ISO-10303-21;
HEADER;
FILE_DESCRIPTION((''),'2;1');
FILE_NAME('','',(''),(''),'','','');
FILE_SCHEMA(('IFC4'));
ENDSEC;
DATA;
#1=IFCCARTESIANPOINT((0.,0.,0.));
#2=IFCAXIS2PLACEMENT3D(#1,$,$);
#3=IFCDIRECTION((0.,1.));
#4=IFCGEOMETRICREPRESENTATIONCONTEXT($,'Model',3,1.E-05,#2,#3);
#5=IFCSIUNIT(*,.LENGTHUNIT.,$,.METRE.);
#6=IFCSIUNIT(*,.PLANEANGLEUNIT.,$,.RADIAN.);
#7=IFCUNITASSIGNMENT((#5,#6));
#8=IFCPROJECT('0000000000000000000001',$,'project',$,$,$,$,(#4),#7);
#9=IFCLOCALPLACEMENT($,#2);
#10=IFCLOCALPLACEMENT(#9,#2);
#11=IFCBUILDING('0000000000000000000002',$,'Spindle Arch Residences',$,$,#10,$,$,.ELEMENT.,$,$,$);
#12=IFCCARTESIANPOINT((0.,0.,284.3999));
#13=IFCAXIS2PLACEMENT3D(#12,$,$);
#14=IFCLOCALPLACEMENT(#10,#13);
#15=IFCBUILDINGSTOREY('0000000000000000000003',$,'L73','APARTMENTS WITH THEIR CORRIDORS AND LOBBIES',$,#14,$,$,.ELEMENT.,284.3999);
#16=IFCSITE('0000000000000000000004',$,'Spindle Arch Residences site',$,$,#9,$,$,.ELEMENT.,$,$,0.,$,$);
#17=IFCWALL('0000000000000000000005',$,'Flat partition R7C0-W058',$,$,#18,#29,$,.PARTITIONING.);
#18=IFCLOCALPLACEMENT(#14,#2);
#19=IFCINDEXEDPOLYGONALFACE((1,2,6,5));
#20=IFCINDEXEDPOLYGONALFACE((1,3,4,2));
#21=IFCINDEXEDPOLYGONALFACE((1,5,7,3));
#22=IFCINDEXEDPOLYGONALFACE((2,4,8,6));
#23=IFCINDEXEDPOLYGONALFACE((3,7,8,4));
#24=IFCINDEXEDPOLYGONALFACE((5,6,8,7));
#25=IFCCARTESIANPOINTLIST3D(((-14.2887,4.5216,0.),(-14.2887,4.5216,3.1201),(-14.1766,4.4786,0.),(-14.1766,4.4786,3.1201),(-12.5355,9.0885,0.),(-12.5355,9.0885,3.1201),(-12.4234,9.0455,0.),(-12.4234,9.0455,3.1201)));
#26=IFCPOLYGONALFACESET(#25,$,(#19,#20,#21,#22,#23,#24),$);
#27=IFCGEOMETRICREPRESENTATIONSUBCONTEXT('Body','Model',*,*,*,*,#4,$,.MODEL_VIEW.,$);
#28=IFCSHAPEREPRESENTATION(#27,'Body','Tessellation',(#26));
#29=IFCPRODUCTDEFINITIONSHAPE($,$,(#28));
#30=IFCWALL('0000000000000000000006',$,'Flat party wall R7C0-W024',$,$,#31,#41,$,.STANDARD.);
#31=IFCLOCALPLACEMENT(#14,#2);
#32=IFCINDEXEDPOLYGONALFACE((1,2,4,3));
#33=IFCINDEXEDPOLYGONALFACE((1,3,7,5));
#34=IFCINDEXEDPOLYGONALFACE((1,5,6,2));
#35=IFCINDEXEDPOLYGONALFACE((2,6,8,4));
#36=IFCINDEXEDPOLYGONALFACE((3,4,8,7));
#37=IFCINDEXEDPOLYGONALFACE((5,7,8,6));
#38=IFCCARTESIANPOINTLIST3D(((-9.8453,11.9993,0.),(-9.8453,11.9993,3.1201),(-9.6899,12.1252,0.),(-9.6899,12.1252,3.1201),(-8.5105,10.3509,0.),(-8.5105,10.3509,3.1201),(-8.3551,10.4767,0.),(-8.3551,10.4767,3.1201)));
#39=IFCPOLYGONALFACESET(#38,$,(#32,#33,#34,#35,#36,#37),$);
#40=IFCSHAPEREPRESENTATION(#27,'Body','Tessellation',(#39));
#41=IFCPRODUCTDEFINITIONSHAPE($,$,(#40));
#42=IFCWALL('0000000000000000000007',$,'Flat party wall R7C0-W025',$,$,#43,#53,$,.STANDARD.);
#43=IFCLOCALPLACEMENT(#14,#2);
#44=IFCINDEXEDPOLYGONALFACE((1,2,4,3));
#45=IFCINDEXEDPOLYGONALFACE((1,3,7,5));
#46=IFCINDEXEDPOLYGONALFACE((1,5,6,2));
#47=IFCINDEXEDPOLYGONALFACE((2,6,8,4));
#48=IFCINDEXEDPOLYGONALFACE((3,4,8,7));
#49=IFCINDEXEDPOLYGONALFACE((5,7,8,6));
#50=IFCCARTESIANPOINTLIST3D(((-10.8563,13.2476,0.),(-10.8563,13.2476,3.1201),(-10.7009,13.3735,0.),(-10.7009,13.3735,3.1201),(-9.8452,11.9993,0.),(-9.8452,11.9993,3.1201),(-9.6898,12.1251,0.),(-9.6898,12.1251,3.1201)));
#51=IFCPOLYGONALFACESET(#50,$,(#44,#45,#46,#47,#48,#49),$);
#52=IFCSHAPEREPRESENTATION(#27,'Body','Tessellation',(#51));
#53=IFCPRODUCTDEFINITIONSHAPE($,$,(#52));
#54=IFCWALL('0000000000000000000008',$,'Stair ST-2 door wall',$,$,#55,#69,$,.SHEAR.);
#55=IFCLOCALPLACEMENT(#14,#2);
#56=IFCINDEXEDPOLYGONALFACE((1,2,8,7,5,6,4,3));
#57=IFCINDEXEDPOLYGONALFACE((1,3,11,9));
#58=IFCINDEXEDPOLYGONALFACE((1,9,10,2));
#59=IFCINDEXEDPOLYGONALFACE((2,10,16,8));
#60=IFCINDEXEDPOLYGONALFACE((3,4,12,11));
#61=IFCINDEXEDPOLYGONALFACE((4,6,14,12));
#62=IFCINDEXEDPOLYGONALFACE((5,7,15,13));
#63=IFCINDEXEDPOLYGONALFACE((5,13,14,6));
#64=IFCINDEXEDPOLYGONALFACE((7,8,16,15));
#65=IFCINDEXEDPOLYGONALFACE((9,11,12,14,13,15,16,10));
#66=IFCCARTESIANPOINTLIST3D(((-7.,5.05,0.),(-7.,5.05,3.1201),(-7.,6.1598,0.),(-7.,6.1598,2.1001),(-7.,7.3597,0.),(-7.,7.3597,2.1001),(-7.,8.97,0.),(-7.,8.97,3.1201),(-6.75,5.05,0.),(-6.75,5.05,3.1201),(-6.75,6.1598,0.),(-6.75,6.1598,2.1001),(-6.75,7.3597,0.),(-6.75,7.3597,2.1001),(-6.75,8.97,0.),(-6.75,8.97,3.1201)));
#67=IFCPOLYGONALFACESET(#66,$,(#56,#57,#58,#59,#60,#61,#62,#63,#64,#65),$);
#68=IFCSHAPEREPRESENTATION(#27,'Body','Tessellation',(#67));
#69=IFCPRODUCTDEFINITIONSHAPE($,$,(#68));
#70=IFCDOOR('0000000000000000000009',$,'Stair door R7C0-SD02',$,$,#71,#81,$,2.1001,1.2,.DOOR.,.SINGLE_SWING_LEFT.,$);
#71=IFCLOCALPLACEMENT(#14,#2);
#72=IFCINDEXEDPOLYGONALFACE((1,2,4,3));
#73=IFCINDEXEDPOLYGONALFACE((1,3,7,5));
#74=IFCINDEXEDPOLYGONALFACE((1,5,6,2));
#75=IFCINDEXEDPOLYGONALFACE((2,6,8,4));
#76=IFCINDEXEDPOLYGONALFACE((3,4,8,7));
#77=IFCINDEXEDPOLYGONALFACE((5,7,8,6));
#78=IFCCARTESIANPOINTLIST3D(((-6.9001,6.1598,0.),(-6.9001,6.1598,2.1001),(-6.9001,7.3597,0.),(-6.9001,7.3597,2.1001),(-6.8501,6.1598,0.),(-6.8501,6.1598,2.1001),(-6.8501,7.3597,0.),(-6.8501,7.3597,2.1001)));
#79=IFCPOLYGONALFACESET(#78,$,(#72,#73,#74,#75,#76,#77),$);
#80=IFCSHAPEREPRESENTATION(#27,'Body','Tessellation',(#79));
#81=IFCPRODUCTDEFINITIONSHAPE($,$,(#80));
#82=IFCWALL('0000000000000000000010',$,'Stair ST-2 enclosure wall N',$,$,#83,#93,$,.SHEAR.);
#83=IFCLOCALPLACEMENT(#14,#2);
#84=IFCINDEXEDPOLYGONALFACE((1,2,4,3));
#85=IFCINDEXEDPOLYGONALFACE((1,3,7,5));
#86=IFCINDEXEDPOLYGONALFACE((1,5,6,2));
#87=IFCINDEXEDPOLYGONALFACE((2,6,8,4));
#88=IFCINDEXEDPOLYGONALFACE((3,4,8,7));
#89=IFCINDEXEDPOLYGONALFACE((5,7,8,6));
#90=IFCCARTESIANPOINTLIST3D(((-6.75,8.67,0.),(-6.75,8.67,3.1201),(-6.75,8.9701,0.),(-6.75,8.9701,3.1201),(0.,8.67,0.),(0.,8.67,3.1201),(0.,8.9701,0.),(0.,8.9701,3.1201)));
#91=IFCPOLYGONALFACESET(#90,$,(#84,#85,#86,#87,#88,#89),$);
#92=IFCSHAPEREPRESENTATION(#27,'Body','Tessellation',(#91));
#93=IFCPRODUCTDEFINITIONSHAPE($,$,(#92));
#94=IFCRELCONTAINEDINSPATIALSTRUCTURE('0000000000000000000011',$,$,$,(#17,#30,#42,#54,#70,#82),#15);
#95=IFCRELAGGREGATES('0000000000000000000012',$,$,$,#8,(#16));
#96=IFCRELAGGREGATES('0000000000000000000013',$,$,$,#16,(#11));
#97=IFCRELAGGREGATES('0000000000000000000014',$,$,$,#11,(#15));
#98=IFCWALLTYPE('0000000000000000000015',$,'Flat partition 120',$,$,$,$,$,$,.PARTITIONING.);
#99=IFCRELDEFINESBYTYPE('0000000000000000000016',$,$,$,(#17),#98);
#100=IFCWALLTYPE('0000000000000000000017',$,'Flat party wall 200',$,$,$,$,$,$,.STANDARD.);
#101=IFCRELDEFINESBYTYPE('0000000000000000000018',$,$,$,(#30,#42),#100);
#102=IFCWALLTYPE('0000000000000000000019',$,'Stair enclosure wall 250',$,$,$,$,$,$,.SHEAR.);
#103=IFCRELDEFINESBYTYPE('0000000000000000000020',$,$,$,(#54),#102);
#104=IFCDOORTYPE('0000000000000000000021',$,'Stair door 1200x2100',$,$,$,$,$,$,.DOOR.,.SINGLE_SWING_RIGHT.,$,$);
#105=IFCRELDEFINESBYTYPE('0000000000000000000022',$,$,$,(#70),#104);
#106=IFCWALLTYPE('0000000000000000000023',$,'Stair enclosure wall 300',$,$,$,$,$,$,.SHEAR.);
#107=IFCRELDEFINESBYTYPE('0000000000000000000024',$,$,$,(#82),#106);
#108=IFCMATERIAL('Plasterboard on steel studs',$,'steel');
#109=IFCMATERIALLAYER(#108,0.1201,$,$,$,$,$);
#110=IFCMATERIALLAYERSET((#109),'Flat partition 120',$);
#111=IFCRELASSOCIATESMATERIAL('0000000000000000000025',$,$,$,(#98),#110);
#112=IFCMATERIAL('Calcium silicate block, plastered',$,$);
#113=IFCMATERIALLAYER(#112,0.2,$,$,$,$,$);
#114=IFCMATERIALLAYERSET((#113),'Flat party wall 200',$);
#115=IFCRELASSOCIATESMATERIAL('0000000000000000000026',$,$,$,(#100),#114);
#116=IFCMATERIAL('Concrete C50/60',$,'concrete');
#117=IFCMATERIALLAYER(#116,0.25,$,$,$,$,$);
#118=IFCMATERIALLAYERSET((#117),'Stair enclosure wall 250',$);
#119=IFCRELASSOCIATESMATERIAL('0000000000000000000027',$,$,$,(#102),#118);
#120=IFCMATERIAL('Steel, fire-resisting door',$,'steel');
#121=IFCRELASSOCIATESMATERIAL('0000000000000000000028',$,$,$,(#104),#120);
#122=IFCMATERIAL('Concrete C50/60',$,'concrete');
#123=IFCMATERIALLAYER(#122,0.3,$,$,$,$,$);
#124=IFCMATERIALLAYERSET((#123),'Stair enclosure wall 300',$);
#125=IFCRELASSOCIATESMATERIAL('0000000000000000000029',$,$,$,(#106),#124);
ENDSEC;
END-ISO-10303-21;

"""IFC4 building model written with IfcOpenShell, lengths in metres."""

from ifc_helpers import new_model, si_unit, direction, frame, frame_2d, origin, place, context, subcontext, project, spatial, rectangle, extrude, material, layer, layer_set, type_object, element, fill, save


model = new_model("IFC4")

# Units and contexts
model_context = context("Model", 3, precision=1e-05, world=origin(), true_north=direction((0.0, 1.0)))
body_context = subcontext(model_context, "Body", "Model", "MODEL_VIEW")
ifc_project = project(units=[si_unit("LENGTHUNIT", "METRE"), si_unit("PLANEANGLEUNIT", "RADIAN")], contexts=[model_context])

# Site, building, storey
site_placement = place(None, origin())
site = spatial("IfcSite", under=ifc_project, at=site_placement, Name="Spindle Arch Residences site", CompositionType="ELEMENT", RefElevation=0.0)
building_placement = place(site_placement, origin())
building = spatial("IfcBuilding", under=site, at=building_placement, Name="Spindle Arch Residences", CompositionType="ELEMENT")
storey_placement = place(building_placement, frame((0.0, 0.0, 284.3999)))
storey = spatial("IfcBuildingStorey", under=building, at=storey_placement, Name="L73", Description="APARTMENTS WITH THEIR CORRIDORS AND LOBBIES", CompositionType="ELEMENT", Elevation=284.3999)

# Shared definitions
ifc_material_1 = material(Name="Plasterboard on steel studs", Category="steel")
ifc_layer_1 = layer(ifc_material_1, 0.1201)
ifc_layer_set_1 = layer_set([ifc_layer_1], Name="Flat partition 120")
wall_type_1 = type_object("IfcWallType", Name="Flat partition 120", PredefinedType="PARTITIONING", material=ifc_layer_set_1)

# Walls
wall_1_placement = place(storey_placement, frame((-12.4795, 9.0669, 0.0), z_axis=(0.0, 0.0, 1.0), x_axis=(-0.358387, -0.933573, 0.0)))
element("IfcWall", 1, at=wall_1_placement, inside=storey, type_object=wall_type_1, Name="Flat partition R7C0-W058", PredefinedType="PARTITIONING", context=body_context, shape_type="SweptSolid", body=[
    extrude(rectangle(XDim=4.8918, YDim=0.1201, at=frame_2d((2.4458, 0.0))), origin(), (0.0, 0.0, 1.0), 3.1201),
])
ifc_material_2 = material(Name="Calcium silicate block, plastered")
ifc_layer_2 = layer(ifc_material_2, 0.2)
ifc_layer_set_2 = layer_set([ifc_layer_2], Name="Flat party wall 200")
wall_type_2 = type_object("IfcWallType", Name="Flat party wall 200", PredefinedType="STANDARD", material=ifc_layer_set_2)
wall_2_placement = place(storey_placement, frame((-9.7676, 12.0623, 0.0), z_axis=(0.0, 0.0, 1.0), x_axis=(0.629274, -0.777183, 0.0)))
element("IfcWall", 2, at=wall_2_placement, inside=storey, type_object=wall_type_2, Name="Flat party wall R7C0-W024", PredefinedType="STANDARD", context=body_context, shape_type="SweptSolid", body=[
    extrude(rectangle(XDim=2.1211, YDim=0.2, at=frame_2d((1.0605, 0.0))), origin(), (0.0, 0.0, 1.0), 3.1201),
])
wall_3_placement = place(storey_placement, frame((-10.7786, 13.3105, 0.0), z_axis=(0.0, 0.0, 1.0), x_axis=(0.629373, -0.777103, 0.0)))
element("IfcWall", 3, at=wall_3_placement, inside=storey, type_object=wall_type_2, Name="Flat party wall R7C0-W025", PredefinedType="STANDARD", context=body_context, shape_type="SweptSolid", body=[
    extrude(rectangle(XDim=1.6064, YDim=0.2, at=frame_2d((0.8032, 0.0))), origin(), (0.0, 0.0, 1.0), 3.1201),
])

# Wall, opening, door
ifc_material_3 = material(Name="Concrete C50/60", Category="concrete")
ifc_layer_3 = layer(ifc_material_3, 0.25)
ifc_layer_set_3 = layer_set([ifc_layer_3], Name="Stair enclosure wall 250")
wall_type_3 = type_object("IfcWallType", Name="Stair enclosure wall 250", PredefinedType="SHEAR", material=ifc_layer_set_3)
wall_4_placement = place(storey_placement, frame((-6.875, 8.97, 0.0), z_axis=(0.0, 0.0, 1.0), x_axis=(0.0, -1.0, 0.0)))
wall_4 = element("IfcWall", 4, at=wall_4_placement, inside=storey, type_object=wall_type_3, Name="Stair ST-2 door wall", PredefinedType="SHEAR", context=body_context, shape_type="SweptSolid", body=[
    extrude(rectangle(XDim=3.9199, YDim=0.25, at=frame_2d((1.96, 0.0))), origin(), (0.0, 0.0, 1.0), 3.1201),
])
opening_1_placement = place(wall_4_placement, frame((1.6101, 0.0, 0.0)))
opening_1 = element("IfcOpeningElement", 5, at=opening_1_placement, cuts=wall_4, PredefinedType="OPENING", context=body_context, shape_type="SweptSolid", body=[
    extrude(rectangle(XDim=1.2, YDim=2.1001, at=frame_2d((0.6001, 1.05))), frame((0.0, 0.135, 0.0), z_axis=(0.0, -1.0, 0.0), x_axis=(1.0, 0.0, 0.0)), (0.0, 0.0, 1.0), 0.27),
])
ifc_material_4 = material(Name="Steel, fire-resisting door", Category="steel")
door_type_1 = type_object("IfcDoorType", Name="Stair door 1200x2100", OperationType="SINGLE_SWING_RIGHT", PredefinedType="DOOR", material=ifc_material_4)
door_1_placement = place(opening_1_placement, origin())
door_1 = element("IfcDoor", 6, at=door_1_placement, inside=storey, type_object=door_type_1, Name="Stair door R7C0-SD02", OperationType="SINGLE_SWING_LEFT", OverallHeight=2.1001, OverallWidth=1.2, PredefinedType="DOOR", context=body_context, shape_type="SweptSolid", body=[
    extrude(rectangle(XDim=1.2, YDim=2.1001, at=frame_2d((0.6001, 1.05))), frame((0.0, 0.0249, 0.0), z_axis=(0.0, -1.0, 0.0), x_axis=(1.0, 0.0, 0.0)), (0.0, 0.0, 1.0), 0.05),
])
fill(opening_1, door_1)

# Wall
ifc_material_5 = material(Name="Concrete C50/60", Category="concrete")
ifc_layer_4 = layer(ifc_material_5, 0.3)
ifc_layer_set_4 = layer_set([ifc_layer_4], Name="Stair enclosure wall 300")
wall_type_4 = type_object("IfcWallType", Name="Stair enclosure wall 300", PredefinedType="SHEAR", material=ifc_layer_set_4)
wall_5_placement = place(storey_placement, frame((-6.75, 8.8201, 0.0), z_axis=(0.0, 0.0, 1.0), x_axis=(1.0, 0.0, 0.0)))
element("IfcWall", 7, at=wall_5_placement, inside=storey, type_object=wall_type_4, Name="Stair ST-2 enclosure wall N", PredefinedType="SHEAR", context=body_context, shape_type="SweptSolid", body=[
    extrude(rectangle(XDim=6.75, YDim=0.3, at=frame_2d((3.375, 0.0))), origin(), (0.0, 0.0, 1.0), 3.1201),
])

save(model, "model.ifc")
